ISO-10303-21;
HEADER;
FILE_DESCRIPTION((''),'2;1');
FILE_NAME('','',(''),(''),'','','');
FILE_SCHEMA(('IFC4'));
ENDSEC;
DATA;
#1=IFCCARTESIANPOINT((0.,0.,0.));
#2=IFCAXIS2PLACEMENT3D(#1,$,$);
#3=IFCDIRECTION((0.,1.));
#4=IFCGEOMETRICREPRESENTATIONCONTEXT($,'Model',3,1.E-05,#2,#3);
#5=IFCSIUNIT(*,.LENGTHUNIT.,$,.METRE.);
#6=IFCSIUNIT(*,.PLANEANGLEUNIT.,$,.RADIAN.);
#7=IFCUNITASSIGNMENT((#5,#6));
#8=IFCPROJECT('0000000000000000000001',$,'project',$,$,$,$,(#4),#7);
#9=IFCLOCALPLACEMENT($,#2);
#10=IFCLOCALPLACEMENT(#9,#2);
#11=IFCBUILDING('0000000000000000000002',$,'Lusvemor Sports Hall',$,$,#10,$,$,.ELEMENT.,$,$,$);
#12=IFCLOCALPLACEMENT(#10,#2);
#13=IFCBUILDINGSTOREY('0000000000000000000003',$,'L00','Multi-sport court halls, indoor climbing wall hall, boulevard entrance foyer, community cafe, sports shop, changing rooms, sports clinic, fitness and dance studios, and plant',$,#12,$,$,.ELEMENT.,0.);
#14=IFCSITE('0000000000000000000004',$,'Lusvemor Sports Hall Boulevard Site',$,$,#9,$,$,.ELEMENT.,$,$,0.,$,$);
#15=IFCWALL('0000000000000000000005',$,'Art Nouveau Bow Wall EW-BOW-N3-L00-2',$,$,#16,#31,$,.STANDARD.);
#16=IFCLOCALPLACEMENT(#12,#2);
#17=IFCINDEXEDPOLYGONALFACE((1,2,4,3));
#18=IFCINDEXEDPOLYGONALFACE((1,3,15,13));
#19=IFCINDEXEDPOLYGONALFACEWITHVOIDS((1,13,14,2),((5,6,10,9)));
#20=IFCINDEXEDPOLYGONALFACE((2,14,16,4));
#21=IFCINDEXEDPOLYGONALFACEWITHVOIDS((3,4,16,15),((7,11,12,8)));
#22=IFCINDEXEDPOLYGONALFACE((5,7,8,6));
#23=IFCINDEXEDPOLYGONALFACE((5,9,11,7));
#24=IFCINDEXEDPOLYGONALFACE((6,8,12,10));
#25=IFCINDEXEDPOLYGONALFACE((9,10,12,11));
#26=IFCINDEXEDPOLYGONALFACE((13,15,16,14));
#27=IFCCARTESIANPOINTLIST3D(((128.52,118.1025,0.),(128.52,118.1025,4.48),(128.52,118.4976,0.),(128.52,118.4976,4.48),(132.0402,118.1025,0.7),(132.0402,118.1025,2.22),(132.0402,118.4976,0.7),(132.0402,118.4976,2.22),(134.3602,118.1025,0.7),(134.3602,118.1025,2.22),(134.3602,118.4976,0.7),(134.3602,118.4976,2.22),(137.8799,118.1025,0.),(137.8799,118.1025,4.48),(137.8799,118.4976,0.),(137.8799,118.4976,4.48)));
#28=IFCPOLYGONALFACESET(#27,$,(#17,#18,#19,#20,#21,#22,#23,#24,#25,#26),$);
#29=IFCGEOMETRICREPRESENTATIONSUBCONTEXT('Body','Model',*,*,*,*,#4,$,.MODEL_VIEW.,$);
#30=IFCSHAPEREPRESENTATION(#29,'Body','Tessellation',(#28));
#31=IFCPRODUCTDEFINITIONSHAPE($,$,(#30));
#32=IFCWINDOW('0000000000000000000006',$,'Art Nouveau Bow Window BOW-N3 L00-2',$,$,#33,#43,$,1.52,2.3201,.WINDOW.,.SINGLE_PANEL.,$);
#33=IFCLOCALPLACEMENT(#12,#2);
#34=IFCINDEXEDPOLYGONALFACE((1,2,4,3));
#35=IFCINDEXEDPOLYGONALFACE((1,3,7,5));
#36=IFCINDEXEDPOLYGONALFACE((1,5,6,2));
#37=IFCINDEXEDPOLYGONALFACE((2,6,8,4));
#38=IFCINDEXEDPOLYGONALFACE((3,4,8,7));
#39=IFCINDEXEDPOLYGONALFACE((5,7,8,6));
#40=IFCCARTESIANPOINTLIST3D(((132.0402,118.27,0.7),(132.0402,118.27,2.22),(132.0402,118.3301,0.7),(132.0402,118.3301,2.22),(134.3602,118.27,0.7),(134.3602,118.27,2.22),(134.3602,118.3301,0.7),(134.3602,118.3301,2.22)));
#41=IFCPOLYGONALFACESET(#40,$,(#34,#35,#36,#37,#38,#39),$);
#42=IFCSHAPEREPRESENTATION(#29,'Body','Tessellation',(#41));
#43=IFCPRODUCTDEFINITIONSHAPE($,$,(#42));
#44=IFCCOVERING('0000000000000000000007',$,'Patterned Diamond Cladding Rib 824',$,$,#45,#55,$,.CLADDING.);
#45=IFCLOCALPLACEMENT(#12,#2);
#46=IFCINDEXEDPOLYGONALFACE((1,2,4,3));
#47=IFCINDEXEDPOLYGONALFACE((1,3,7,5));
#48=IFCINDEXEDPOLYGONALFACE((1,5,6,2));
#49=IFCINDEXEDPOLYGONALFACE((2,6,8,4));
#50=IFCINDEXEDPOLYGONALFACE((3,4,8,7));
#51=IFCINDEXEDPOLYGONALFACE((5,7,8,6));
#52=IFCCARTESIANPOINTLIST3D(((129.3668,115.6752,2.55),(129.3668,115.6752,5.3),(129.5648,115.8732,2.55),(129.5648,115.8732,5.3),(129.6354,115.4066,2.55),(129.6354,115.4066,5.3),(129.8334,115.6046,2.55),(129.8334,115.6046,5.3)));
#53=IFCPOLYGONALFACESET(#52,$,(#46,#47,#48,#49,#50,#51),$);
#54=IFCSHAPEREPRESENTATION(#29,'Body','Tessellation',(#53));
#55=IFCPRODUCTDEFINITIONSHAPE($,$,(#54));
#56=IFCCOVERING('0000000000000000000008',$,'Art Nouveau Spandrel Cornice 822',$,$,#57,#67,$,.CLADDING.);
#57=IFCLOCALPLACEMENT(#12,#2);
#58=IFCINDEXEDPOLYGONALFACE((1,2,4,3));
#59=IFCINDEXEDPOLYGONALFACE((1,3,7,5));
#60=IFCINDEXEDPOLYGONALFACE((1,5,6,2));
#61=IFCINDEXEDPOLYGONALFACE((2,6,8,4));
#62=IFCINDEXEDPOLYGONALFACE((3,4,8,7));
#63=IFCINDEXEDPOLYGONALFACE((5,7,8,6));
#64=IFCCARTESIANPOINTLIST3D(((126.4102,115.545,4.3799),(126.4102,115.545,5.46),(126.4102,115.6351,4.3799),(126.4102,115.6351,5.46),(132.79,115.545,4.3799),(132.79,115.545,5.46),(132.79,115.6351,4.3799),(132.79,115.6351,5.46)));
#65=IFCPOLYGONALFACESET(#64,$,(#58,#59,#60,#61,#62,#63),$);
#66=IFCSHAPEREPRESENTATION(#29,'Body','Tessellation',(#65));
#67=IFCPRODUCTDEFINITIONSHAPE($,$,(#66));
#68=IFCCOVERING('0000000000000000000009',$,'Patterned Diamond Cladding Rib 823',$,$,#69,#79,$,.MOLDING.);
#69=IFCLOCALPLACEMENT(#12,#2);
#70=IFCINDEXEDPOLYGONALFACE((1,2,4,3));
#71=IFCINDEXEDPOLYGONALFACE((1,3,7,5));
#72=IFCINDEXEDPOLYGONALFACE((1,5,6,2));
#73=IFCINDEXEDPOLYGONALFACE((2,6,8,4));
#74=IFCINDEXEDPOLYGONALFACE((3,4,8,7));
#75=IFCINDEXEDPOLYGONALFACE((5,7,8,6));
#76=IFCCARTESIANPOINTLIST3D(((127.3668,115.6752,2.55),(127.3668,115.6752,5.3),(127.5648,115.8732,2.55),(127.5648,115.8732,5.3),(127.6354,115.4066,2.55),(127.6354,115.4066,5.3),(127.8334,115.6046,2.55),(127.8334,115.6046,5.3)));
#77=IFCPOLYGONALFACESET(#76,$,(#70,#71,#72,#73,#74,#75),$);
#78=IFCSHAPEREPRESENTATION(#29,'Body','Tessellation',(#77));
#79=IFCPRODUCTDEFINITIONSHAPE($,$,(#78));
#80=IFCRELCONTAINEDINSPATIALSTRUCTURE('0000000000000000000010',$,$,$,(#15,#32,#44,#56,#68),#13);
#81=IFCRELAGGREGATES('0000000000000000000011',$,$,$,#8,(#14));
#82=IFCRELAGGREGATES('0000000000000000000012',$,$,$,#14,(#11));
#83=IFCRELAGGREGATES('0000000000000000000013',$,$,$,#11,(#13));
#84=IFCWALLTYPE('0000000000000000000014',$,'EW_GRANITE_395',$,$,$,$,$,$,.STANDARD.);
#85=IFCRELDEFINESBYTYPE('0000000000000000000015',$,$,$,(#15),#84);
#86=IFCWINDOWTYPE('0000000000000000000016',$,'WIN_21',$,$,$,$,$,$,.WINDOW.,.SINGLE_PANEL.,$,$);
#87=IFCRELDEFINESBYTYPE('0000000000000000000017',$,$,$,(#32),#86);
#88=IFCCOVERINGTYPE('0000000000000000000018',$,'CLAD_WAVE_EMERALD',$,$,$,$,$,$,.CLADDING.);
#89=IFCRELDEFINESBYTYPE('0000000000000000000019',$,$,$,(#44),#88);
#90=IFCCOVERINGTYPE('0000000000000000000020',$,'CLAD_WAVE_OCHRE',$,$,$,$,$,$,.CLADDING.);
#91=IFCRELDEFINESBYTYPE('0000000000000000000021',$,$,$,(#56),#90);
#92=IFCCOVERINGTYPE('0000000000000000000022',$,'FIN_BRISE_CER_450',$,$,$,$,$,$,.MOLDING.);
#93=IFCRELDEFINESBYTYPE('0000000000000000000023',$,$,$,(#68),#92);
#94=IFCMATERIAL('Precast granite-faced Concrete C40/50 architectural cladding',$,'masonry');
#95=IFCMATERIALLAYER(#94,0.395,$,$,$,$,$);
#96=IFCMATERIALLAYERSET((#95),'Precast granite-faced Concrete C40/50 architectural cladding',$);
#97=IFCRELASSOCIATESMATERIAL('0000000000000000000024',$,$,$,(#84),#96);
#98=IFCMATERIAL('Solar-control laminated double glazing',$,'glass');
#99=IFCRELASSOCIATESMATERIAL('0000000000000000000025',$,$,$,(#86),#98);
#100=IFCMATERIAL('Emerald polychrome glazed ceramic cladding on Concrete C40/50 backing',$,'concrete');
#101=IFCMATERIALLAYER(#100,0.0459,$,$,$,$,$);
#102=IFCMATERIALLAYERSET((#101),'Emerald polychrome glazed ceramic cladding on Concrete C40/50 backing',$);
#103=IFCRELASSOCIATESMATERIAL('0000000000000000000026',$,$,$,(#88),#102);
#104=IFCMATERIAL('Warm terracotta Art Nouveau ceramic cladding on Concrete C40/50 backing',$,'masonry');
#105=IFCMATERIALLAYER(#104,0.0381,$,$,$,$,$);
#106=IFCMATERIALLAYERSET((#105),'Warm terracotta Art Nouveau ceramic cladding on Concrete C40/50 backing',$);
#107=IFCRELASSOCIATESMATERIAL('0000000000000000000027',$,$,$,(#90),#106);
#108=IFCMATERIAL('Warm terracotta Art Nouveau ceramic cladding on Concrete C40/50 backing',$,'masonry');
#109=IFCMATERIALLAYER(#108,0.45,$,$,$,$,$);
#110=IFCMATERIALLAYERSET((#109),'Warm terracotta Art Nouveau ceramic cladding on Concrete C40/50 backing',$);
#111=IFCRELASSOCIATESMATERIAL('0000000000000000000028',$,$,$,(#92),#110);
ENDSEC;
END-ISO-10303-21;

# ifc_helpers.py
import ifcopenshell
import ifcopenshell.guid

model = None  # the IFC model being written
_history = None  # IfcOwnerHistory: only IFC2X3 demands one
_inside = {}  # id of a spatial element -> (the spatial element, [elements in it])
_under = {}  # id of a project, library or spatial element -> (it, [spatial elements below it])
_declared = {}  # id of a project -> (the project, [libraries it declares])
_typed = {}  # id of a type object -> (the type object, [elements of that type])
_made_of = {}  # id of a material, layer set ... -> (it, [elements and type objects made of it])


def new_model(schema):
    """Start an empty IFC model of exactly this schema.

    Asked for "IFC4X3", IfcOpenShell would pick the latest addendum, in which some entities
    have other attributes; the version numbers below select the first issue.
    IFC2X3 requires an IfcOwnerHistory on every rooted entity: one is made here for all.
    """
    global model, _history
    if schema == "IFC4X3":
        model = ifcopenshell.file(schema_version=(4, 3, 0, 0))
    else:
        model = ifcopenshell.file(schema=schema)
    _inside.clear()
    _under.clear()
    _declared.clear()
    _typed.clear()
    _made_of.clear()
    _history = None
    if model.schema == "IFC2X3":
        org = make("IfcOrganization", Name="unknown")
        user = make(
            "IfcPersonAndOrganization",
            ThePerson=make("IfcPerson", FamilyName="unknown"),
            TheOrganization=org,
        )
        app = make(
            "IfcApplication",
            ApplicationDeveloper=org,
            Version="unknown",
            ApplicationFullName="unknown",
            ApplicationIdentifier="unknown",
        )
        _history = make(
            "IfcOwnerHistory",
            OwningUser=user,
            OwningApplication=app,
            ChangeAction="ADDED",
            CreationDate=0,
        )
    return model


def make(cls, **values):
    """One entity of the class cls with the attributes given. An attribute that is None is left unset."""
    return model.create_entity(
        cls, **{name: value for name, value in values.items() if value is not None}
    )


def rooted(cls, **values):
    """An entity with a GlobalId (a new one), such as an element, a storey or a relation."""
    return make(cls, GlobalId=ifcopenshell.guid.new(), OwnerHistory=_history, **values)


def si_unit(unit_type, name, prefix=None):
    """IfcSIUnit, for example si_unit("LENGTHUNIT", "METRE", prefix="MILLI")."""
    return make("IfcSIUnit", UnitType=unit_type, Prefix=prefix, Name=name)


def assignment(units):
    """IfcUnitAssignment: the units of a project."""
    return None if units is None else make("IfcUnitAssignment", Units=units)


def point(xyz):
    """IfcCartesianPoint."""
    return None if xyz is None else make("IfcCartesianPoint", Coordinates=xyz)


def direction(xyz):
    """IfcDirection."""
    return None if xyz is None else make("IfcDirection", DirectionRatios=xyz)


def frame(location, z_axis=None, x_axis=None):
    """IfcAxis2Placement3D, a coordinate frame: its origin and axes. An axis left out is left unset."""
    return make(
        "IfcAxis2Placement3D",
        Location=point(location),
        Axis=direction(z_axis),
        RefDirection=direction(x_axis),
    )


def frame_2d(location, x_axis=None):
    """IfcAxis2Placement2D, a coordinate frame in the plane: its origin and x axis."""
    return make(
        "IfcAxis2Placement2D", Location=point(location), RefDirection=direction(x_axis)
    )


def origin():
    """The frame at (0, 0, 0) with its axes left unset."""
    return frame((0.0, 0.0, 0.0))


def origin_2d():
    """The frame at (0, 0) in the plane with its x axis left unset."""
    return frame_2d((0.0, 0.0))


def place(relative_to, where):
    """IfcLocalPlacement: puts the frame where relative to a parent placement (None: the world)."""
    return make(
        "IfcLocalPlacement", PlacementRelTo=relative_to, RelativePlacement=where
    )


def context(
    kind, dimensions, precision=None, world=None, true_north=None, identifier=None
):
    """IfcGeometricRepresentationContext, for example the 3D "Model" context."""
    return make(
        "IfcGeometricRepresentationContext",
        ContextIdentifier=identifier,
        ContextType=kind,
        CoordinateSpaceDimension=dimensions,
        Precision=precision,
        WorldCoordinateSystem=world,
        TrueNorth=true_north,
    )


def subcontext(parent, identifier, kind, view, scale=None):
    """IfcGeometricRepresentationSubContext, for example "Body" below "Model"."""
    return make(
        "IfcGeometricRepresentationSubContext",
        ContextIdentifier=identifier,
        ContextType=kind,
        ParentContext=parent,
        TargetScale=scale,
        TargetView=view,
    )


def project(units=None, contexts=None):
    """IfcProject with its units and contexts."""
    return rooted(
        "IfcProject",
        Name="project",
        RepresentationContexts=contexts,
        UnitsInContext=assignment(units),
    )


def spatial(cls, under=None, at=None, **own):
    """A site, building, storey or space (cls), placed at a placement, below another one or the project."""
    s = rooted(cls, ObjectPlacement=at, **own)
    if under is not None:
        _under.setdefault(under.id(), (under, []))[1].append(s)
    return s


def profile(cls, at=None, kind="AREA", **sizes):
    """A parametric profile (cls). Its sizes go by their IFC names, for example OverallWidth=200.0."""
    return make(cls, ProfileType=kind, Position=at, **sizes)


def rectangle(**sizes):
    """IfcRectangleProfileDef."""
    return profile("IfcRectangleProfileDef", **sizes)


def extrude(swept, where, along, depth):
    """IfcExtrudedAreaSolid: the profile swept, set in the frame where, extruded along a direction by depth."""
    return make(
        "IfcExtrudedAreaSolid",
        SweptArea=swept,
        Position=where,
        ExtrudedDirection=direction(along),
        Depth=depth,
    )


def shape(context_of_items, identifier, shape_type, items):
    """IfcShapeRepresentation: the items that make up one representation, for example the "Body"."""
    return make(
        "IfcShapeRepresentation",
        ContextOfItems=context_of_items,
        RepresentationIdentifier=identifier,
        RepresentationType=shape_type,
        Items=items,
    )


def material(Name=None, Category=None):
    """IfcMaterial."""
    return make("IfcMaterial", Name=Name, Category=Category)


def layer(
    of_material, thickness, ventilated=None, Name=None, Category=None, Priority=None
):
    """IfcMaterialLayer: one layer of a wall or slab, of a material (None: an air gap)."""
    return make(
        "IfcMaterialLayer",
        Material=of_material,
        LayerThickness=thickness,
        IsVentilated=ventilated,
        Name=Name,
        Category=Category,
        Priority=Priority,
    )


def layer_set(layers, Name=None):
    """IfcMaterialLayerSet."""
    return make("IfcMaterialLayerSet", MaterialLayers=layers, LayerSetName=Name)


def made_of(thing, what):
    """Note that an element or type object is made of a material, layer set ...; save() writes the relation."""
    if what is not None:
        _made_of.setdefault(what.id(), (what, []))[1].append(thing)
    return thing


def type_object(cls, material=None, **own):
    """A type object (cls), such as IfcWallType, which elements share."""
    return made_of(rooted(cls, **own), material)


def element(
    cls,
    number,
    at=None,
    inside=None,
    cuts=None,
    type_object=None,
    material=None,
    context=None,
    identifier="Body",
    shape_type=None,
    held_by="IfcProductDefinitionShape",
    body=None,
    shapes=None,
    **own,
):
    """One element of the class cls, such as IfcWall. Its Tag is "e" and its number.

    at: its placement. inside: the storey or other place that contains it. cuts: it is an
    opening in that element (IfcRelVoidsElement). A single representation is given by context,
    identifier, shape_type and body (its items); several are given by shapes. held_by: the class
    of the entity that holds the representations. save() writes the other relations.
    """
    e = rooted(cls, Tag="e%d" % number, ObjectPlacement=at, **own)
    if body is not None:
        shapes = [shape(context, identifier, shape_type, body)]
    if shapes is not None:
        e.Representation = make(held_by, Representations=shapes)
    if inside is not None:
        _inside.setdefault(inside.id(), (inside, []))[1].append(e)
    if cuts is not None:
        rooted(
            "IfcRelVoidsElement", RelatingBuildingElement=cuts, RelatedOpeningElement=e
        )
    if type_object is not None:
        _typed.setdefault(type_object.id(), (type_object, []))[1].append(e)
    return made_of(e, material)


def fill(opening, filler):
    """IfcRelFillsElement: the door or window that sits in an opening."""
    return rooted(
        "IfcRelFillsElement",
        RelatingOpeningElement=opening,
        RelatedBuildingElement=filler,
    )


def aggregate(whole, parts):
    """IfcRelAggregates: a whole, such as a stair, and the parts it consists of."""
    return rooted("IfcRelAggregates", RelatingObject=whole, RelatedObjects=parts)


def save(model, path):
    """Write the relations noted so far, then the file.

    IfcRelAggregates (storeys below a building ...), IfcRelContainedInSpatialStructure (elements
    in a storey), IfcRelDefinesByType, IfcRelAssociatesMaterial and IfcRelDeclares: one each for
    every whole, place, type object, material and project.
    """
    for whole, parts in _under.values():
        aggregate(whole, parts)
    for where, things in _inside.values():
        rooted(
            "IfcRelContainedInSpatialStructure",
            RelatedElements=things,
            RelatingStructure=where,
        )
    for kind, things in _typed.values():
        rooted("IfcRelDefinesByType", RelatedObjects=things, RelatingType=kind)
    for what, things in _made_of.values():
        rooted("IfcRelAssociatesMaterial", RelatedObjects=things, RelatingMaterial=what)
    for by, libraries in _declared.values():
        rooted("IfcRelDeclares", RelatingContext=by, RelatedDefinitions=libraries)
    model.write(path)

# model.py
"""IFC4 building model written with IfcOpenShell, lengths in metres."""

from ifc_helpers import new_model, si_unit, direction, frame, frame_2d, origin, origin_2d, place, context, subcontext, project, spatial, rectangle, extrude, material, layer, layer_set, type_object, element, fill, save


model = new_model("IFC4")

# Units and contexts
model_context = context("Model", 3, precision=1e-05, world=origin(), true_north=direction((0.0, 1.0)))
body_context = subcontext(model_context, "Body", "Model", "MODEL_VIEW")
ifc_project = project(units=[si_unit("LENGTHUNIT", "METRE"), si_unit("PLANEANGLEUNIT", "RADIAN")], contexts=[model_context])

# Site, building, storey
site_placement = place(None, origin())
site = spatial("IfcSite", under=ifc_project, at=site_placement, Name="Lusvemor Sports Hall Boulevard Site", CompositionType="ELEMENT", RefElevation=0.0)
building_placement = place(site_placement, origin())
building = spatial("IfcBuilding", under=site, at=building_placement, Name="Lusvemor Sports Hall", CompositionType="ELEMENT")
storey_placement = place(building_placement, origin())
storey = spatial("IfcBuildingStorey", under=building, at=storey_placement, Name="L00", Description="Multi-sport court halls, indoor climbing wall hall, boulevard entrance foyer, community cafe, sports shop, changing rooms, sports clinic, fitness and dance studios, and plant", CompositionType="ELEMENT", Elevation=0.0)

# Wall, opening, window
ifc_material_1 = material(Name="Precast granite-faced Concrete C40/50 architectural cladding", Category="masonry")
ifc_layer_1 = layer(ifc_material_1, 0.395)
ifc_layer_set_1 = layer_set([ifc_layer_1], Name="Precast granite-faced Concrete C40/50 architectural cladding")
wall_type = type_object("IfcWallType", Name="EW_GRANITE_395", PredefinedType="STANDARD", material=ifc_layer_set_1)
ifc_material_2 = material(Name="Solar-control laminated double glazing", Category="glass")
window_type = type_object("IfcWindowType", Name="WIN_21", PartitioningType="SINGLE_PANEL", PredefinedType="WINDOW", material=ifc_material_2)
wall_1_placement = place(storey_placement, frame((128.52, 118.3, 0.0), z_axis=(0.0, 0.0, 1.0), x_axis=(1.0, 0.0, 0.0)))
wall_1 = element("IfcWall", 1, at=wall_1_placement, inside=storey, type_object=wall_type, Name="Art Nouveau Bow Wall EW-BOW-N3-L00-2", PredefinedType="STANDARD", context=body_context, shape_type="SweptSolid", body=[
    extrude(rectangle(XDim=9.3599, YDim=0.395, at=frame_2d((4.6799, 0.0))), origin(), (0.0, 0.0, 1.0), 4.48),
])
opening_1_placement = place(wall_1_placement, frame((3.52, 0.0, 0.7)))
opening_1 = element("IfcOpeningElement", 2, at=opening_1_placement, cuts=wall_1, PredefinedType="OPENING", context=body_context, shape_type="SweptSolid", body=[
    extrude(rectangle(XDim=2.3201, YDim=1.52, at=frame_2d((1.1602, 0.76))), frame((0.0, 0.1975, 0.0), z_axis=(0.0, -1.0, 0.0), x_axis=(1.0, 0.0, 0.0)), (0.0, 0.0, 1.0), 0.395),
])
window_1_placement = place(opening_1_placement, origin())
window_1 = element("IfcWindow", 3, at=window_1_placement, inside=storey, type_object=window_type, Name="Art Nouveau Bow Window BOW-N3 L00-2", OverallHeight=1.52, OverallWidth=2.3201, PartitioningType="SINGLE_PANEL", PredefinedType="WINDOW", context=body_context, shape_type="SweptSolid", body=[
    extrude(rectangle(XDim=2.3201, YDim=1.52, at=frame_2d((1.1602, 0.76))), frame((0.0, 0.03, 0.0), z_axis=(0.0, -1.0, 0.0), x_axis=(1.0, 0.0, 0.0)), (0.0, 0.0, 1.0), 0.0601),
])
fill(opening_1, window_1)

# Coverings
ifc_material_3 = material(Name="Emerald polychrome glazed ceramic cladding on Concrete C40/50 backing", Category="concrete")
ifc_layer_2 = layer(ifc_material_3, 0.0459)
ifc_layer_set_2 = layer_set([ifc_layer_2], Name="Emerald polychrome glazed ceramic cladding on Concrete C40/50 backing")
covering_type_1 = type_object("IfcCoveringType", Name="CLAD_WAVE_EMERALD", PredefinedType="CLADDING", material=ifc_layer_set_2)
covering_1_placement = place(storey_placement, frame((129.6001, 115.6399, 2.55), z_axis=(0.0, 0.0, 1.0), x_axis=(0.707107, 0.707107, 0.0)))
element("IfcCovering", 4, at=covering_1_placement, inside=storey, type_object=covering_type_1, Name="Patterned Diamond Cladding Rib 824", PredefinedType="CLADDING", context=body_context, shape_type="SweptSolid", body=[
    extrude(rectangle(XDim=0.28, YDim=0.3799, at=origin_2d()), origin(), (0.0, 0.0, 1.0), 2.75),
])
ifc_material_4 = material(Name="Warm terracotta Art Nouveau ceramic cladding on Concrete C40/50 backing", Category="masonry")
ifc_layer_3 = layer(ifc_material_4, 0.0381)
ifc_layer_set_3 = layer_set([ifc_layer_3], Name="Warm terracotta Art Nouveau ceramic cladding on Concrete C40/50 backing")
covering_type_2 = type_object("IfcCoveringType", Name="CLAD_WAVE_OCHRE", PredefinedType="CLADDING", material=ifc_layer_set_3)
covering_2_placement = place(storey_placement, frame((129.6001, 115.5901, 4.3799), z_axis=(0.0, 0.0, 1.0), x_axis=(1.0, 0.0, 0.0)))
element("IfcCovering", 5, at=covering_2_placement, inside=storey, type_object=covering_type_2, Name="Art Nouveau Spandrel Cornice 822", PredefinedType="CLADDING", context=body_context, shape_type="SweptSolid", body=[
    extrude(rectangle(XDim=6.3799, YDim=0.0901, at=origin_2d()), origin(), (0.0, 0.0, 1.0), 1.0801),
])
ifc_material_5 = material(Name="Warm terracotta Art Nouveau ceramic cladding on Concrete C40/50 backing", Category="masonry")
ifc_layer_4 = layer(ifc_material_5, 0.45)
ifc_layer_set_4 = layer_set([ifc_layer_4], Name="Warm terracotta Art Nouveau ceramic cladding on Concrete C40/50 backing")
covering_type_3 = type_object("IfcCoveringType", Name="FIN_BRISE_CER_450", PredefinedType="MOLDING", material=ifc_layer_set_4)
covering_3_placement = place(storey_placement, frame((127.6001, 115.6399, 2.55), z_axis=(0.0, 0.0, 1.0), x_axis=(0.707107, 0.707107, 0.0)))
element("IfcCovering", 6, at=covering_3_placement, inside=storey, type_object=covering_type_3, Name="Patterned Diamond Cladding Rib 823", PredefinedType="MOLDING", context=body_context, shape_type="SweptSolid", body=[
    extrude(rectangle(XDim=0.28, YDim=0.3799, at=origin_2d()), origin(), (0.0, 0.0, 1.0), 2.75),
])

save(model, "model.ifc")
